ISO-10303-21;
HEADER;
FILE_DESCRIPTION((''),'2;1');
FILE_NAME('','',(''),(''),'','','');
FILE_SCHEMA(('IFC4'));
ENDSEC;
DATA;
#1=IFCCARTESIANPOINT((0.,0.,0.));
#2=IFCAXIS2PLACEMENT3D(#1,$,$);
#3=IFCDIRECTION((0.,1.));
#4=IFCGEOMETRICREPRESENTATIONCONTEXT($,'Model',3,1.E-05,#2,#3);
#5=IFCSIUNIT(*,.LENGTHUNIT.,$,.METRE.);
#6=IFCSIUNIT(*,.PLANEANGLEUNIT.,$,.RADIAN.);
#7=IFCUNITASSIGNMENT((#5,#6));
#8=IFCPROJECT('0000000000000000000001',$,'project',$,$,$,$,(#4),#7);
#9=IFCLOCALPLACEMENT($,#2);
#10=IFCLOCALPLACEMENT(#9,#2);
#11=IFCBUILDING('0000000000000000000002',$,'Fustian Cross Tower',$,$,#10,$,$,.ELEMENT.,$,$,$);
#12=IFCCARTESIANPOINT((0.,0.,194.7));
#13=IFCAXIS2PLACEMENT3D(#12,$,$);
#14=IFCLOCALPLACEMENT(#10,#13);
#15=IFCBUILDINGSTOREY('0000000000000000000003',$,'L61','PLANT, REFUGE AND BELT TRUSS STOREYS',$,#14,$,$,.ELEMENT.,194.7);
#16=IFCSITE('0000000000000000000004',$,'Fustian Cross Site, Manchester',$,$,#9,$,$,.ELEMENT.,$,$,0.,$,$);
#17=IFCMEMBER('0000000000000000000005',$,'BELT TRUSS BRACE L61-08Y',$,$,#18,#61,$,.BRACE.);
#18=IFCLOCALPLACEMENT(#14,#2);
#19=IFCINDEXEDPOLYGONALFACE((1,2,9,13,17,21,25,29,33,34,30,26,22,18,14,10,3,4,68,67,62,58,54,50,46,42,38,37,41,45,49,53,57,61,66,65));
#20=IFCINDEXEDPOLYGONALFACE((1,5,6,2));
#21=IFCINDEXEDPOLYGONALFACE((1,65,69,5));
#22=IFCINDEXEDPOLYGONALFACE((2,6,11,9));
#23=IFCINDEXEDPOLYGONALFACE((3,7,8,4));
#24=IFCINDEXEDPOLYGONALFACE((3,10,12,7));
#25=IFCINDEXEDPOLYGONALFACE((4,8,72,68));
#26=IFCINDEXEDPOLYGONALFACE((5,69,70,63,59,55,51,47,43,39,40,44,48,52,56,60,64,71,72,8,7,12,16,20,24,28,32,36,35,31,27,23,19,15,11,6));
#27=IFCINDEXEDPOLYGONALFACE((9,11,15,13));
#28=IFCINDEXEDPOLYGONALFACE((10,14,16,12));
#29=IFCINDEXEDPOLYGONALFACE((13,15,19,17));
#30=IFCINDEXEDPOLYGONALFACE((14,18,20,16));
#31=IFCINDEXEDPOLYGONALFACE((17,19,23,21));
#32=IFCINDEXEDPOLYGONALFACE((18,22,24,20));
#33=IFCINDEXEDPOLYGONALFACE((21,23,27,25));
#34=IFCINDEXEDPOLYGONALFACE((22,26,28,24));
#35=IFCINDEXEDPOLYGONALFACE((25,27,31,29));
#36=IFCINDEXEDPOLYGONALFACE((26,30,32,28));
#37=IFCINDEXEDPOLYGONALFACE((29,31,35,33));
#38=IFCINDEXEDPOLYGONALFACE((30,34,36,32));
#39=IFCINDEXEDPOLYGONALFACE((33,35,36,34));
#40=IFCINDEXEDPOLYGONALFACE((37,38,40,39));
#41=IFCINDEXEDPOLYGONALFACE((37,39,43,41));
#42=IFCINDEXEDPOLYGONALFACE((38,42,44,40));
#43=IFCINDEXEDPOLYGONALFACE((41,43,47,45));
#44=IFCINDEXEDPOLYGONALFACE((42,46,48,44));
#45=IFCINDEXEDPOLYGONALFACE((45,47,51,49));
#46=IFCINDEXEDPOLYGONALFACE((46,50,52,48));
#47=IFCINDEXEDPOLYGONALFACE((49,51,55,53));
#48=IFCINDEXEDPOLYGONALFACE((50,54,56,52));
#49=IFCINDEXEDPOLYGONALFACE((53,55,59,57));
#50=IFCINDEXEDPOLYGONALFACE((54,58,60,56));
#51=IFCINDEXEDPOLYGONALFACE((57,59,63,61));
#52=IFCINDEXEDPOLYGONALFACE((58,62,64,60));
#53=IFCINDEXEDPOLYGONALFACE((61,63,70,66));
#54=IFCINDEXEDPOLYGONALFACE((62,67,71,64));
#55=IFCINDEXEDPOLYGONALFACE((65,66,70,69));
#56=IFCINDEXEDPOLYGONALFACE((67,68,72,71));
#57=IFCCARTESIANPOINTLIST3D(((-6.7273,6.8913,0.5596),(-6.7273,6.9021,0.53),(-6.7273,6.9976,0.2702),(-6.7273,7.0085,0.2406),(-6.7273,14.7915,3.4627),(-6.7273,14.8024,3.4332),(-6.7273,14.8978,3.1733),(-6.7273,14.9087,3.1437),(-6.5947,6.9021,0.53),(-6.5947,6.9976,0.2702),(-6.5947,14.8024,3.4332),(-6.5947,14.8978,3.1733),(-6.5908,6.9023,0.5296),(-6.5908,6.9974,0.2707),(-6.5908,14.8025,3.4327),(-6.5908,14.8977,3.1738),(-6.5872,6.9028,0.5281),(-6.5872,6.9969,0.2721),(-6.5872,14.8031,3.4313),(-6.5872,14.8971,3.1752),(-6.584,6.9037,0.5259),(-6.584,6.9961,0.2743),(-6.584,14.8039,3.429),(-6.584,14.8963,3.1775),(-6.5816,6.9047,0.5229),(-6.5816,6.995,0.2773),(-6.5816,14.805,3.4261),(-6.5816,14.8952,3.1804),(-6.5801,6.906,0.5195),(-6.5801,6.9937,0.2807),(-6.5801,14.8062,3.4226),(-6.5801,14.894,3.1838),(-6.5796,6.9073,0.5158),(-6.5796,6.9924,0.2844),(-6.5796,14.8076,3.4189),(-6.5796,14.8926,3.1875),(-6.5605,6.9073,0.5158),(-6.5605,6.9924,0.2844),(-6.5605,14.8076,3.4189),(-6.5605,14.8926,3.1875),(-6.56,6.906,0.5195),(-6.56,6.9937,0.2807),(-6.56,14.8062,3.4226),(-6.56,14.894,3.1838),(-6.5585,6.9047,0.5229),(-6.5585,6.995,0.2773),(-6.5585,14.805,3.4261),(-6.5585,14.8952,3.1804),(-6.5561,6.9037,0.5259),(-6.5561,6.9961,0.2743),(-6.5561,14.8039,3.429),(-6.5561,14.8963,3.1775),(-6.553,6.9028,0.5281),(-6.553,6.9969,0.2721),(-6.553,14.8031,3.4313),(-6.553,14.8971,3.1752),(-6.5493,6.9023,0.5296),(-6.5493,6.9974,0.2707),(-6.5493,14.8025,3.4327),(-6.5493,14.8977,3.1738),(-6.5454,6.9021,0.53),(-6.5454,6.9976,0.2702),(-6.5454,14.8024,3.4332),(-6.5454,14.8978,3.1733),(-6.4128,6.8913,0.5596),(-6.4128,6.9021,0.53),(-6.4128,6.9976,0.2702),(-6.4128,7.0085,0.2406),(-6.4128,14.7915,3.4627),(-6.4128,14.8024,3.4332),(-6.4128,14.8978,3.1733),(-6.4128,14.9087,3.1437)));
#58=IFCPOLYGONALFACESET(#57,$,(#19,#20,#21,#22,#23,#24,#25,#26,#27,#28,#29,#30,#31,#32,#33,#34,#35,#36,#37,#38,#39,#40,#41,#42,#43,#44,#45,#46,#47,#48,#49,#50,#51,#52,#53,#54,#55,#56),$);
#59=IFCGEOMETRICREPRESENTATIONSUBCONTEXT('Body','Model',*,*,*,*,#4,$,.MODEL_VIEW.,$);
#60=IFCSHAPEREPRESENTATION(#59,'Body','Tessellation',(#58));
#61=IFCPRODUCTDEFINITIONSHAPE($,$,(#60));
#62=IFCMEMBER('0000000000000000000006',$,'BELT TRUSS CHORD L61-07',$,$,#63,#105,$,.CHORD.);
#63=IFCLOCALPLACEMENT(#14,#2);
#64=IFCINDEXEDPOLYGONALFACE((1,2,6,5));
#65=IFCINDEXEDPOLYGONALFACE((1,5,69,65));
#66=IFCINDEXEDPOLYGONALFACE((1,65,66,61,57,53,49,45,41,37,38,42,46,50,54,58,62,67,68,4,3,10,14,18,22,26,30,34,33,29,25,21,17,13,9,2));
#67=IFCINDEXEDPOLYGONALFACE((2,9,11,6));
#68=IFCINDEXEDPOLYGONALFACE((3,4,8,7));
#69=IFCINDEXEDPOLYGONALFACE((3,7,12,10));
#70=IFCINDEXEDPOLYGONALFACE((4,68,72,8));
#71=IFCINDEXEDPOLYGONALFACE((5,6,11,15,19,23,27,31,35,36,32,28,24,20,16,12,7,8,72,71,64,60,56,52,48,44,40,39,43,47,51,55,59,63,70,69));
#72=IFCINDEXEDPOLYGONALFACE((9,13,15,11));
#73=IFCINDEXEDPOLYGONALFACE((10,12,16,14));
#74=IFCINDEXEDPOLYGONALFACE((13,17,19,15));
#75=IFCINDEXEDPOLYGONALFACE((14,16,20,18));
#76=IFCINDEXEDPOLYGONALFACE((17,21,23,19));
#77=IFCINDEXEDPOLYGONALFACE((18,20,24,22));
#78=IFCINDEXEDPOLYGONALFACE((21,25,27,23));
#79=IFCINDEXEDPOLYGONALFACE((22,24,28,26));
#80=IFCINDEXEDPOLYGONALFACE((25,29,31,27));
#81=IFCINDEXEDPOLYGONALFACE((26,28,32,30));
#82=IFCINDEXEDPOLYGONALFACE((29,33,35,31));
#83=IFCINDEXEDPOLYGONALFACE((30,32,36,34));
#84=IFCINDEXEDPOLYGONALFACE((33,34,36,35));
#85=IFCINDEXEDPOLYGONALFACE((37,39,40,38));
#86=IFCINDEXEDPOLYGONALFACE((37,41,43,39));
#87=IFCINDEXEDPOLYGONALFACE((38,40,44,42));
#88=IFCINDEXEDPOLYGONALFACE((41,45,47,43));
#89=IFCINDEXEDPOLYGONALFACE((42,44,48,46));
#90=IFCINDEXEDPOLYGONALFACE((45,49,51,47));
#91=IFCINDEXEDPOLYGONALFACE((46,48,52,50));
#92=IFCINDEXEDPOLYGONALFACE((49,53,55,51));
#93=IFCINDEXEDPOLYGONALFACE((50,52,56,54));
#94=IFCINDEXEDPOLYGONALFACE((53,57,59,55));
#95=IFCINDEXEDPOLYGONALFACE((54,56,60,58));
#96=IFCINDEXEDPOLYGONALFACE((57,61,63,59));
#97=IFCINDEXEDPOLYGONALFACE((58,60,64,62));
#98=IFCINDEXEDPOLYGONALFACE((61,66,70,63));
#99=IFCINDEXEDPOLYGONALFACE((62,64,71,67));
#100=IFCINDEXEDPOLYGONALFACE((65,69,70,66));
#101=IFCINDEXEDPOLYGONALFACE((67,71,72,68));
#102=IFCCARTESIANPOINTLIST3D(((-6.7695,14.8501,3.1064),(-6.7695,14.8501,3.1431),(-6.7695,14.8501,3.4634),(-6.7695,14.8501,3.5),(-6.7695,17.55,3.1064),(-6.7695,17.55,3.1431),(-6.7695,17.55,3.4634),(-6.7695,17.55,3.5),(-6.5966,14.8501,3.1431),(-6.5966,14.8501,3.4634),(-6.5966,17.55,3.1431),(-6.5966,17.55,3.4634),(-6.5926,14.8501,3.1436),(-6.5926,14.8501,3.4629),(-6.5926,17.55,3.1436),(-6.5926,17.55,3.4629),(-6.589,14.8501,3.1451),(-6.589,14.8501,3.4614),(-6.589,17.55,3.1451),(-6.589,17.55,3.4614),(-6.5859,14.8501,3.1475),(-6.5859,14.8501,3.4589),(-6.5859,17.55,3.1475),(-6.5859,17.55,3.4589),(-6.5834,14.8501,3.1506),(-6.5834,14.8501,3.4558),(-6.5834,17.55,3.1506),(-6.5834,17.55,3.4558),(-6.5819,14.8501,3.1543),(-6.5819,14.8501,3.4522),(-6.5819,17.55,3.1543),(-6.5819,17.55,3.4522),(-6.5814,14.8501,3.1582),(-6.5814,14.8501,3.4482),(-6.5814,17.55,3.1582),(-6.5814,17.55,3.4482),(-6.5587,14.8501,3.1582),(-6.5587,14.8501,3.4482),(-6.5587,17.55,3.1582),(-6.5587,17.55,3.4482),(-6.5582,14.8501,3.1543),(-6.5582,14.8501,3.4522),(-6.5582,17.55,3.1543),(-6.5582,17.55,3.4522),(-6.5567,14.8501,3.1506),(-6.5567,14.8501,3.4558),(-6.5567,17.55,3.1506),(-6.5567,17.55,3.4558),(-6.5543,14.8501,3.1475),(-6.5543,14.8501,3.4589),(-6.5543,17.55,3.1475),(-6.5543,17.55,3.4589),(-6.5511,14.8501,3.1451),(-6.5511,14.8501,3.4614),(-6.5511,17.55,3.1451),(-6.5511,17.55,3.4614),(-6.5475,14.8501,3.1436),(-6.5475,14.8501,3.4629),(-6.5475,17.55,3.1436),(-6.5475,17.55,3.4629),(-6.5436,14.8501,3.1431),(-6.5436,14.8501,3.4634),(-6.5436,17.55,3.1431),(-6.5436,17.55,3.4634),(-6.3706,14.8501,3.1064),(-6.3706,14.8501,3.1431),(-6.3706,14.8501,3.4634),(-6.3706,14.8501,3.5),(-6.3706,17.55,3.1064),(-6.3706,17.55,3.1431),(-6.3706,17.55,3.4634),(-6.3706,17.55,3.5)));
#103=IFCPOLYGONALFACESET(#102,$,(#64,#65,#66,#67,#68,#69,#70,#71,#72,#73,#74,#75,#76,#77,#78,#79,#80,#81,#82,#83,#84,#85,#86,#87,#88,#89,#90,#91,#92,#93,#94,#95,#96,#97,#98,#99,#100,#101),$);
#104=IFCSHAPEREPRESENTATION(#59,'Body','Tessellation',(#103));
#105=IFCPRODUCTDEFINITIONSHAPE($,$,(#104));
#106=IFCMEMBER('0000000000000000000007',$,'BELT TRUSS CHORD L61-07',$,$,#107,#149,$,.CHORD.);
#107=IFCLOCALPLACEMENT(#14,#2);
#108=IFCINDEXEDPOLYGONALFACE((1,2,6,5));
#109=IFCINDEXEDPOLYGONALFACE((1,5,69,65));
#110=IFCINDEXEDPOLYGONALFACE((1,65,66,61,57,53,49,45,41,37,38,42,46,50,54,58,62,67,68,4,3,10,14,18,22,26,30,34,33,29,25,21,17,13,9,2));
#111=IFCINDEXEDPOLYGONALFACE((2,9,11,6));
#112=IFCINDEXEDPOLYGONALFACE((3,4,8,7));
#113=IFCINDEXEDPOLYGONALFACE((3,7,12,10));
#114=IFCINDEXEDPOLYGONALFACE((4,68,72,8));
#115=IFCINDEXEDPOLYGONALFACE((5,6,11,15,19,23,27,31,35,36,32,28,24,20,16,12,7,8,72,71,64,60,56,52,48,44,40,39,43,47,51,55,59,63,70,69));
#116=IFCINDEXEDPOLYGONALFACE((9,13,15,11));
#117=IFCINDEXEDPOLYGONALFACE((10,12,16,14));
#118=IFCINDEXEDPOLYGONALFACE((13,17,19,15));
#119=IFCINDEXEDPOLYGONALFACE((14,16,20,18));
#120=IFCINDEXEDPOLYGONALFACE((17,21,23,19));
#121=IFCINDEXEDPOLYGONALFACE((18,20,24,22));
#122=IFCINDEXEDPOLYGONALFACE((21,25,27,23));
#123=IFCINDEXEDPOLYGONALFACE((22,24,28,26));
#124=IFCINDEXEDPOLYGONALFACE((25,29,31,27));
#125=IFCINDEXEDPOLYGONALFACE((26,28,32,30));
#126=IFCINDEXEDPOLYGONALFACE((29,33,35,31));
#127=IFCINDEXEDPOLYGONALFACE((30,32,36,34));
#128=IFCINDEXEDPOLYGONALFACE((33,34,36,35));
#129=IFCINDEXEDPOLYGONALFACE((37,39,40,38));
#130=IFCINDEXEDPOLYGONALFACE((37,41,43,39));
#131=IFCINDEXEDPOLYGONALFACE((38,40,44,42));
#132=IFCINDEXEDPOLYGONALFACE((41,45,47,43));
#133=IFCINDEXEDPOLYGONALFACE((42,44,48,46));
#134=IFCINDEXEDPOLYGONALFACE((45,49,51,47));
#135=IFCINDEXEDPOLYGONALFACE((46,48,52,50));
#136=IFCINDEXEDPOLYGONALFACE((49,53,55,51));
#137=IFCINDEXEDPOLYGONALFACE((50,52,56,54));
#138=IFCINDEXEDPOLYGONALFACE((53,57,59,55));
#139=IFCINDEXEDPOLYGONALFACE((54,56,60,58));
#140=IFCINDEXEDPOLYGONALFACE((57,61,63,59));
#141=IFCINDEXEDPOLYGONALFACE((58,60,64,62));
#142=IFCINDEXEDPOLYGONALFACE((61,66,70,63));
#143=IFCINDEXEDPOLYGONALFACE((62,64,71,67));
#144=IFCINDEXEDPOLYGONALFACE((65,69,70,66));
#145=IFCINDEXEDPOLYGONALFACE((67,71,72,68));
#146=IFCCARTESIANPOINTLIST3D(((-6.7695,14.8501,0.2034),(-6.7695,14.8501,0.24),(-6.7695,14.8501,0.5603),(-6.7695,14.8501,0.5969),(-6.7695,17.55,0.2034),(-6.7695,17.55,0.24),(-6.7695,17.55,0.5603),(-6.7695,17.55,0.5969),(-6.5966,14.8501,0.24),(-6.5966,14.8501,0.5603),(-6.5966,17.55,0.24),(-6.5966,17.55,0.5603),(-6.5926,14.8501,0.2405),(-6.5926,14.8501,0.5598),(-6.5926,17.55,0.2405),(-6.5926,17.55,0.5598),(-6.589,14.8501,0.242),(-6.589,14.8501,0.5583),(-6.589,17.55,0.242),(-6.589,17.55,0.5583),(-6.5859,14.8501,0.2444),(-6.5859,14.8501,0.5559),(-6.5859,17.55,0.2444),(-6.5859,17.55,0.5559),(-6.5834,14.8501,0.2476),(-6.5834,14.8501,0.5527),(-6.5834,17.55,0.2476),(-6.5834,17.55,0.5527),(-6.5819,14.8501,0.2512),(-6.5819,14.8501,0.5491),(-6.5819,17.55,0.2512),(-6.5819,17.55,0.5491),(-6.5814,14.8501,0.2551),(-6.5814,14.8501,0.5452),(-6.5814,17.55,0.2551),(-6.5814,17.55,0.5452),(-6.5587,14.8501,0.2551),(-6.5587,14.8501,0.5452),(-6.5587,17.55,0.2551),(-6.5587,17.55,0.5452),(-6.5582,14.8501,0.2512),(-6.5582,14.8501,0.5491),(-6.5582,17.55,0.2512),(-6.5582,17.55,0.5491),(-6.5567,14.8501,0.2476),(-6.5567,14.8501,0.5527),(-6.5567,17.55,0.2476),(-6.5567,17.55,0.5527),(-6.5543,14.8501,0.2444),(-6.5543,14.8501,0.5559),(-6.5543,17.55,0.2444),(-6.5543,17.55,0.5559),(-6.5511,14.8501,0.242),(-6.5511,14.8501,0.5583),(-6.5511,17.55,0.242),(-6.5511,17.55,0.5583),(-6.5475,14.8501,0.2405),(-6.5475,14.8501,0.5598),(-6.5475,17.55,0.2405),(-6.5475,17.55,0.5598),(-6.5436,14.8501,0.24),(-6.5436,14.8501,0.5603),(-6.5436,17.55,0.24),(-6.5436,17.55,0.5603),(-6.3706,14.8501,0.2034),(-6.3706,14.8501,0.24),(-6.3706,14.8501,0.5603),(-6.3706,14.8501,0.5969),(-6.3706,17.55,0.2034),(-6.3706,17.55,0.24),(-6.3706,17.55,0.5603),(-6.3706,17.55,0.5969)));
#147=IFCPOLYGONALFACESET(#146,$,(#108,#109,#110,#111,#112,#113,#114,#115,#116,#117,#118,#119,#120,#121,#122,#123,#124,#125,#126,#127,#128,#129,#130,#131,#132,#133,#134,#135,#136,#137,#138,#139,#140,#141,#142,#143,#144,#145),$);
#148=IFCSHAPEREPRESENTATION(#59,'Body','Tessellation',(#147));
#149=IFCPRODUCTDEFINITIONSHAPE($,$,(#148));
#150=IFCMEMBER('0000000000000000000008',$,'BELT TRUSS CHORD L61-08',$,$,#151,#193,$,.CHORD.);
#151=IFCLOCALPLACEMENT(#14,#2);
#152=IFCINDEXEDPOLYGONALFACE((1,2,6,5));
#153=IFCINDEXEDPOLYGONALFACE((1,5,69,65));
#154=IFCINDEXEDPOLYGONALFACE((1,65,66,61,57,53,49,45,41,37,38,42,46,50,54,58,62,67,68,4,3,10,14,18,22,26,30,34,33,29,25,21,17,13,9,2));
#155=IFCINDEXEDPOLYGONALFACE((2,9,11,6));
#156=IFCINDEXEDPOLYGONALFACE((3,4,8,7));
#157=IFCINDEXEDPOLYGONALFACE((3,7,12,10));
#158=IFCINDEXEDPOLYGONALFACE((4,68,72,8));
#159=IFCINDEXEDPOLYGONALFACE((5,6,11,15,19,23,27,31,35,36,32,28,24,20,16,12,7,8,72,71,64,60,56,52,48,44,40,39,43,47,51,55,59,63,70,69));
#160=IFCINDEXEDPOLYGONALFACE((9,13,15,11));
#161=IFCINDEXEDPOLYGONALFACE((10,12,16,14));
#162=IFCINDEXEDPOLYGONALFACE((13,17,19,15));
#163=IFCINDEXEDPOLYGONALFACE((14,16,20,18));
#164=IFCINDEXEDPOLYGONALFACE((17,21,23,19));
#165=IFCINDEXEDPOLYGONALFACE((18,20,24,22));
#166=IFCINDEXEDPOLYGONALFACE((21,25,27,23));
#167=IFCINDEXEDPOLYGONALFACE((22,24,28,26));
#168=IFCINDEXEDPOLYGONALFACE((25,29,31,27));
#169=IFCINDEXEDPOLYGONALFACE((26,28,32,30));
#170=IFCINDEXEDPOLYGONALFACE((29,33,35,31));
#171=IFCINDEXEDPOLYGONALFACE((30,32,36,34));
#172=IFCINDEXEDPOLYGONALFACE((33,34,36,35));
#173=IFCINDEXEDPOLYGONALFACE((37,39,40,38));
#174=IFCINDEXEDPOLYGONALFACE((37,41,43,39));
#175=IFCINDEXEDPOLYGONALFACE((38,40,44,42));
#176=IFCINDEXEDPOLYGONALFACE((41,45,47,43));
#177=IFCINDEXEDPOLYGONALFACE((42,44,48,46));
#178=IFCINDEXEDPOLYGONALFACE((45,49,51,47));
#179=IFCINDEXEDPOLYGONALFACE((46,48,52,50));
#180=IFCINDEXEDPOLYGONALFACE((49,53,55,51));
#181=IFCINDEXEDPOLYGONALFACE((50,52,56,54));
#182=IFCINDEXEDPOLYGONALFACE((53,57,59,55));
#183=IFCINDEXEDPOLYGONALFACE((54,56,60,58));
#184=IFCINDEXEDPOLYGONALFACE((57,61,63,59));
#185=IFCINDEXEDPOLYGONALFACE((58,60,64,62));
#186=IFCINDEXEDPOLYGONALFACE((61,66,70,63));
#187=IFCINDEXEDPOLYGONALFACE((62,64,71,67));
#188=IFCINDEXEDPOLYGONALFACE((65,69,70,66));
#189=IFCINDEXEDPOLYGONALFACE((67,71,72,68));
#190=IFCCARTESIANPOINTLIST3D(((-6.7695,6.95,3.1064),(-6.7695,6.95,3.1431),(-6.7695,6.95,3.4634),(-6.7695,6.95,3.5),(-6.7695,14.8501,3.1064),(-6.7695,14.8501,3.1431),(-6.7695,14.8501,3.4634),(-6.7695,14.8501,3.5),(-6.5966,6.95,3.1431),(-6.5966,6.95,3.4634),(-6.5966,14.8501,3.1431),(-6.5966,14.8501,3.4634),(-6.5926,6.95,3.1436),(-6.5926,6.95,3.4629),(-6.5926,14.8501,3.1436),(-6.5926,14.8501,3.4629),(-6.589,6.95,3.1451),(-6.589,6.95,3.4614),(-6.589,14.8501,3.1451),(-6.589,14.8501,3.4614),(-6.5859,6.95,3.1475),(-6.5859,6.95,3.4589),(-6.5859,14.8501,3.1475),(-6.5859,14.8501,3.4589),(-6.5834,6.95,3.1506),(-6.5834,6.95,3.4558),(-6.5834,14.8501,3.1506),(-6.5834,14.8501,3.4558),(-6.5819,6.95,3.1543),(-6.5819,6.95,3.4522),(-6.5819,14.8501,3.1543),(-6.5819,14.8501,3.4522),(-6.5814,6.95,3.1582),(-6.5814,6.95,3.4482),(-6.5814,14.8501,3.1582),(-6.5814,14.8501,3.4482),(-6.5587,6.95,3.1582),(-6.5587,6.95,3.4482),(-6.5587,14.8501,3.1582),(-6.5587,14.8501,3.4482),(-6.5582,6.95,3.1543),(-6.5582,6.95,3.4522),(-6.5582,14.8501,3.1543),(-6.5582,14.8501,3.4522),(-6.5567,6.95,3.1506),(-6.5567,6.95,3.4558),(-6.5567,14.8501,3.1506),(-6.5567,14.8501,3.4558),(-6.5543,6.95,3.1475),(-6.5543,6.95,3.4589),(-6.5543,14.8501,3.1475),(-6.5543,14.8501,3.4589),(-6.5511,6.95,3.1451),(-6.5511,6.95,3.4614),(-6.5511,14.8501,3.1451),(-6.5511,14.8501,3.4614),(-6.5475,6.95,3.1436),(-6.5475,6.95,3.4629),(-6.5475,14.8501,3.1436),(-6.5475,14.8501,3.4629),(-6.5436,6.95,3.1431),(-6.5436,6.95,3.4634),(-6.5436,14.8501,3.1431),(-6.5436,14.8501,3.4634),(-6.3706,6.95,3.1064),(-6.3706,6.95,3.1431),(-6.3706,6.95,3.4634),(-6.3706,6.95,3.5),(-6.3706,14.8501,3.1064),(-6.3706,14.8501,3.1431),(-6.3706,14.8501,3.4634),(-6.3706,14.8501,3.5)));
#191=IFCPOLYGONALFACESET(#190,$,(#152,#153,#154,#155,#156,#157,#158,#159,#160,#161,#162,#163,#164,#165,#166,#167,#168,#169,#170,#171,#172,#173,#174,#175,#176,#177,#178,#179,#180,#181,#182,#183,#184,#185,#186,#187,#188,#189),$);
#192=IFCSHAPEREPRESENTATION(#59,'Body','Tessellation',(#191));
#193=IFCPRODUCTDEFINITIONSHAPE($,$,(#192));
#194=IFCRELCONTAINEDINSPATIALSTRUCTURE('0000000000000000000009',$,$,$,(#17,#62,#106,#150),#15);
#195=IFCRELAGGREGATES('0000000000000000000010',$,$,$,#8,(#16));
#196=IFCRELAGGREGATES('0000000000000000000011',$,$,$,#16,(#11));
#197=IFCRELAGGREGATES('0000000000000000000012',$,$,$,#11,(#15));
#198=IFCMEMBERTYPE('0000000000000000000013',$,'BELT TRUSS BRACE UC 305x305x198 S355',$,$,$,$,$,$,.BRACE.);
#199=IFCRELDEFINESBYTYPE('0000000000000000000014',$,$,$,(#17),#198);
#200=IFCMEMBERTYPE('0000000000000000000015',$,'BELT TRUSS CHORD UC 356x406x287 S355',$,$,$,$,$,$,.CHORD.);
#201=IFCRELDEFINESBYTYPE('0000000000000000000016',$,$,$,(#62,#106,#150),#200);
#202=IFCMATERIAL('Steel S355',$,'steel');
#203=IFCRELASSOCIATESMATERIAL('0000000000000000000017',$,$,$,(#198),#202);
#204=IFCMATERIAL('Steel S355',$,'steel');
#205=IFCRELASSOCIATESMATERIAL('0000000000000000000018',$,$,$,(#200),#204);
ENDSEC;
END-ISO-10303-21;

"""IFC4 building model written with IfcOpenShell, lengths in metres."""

from ifc_helpers import new_model, si_unit, direction, frame, origin, origin_2d, place, context, subcontext, project, spatial, i_section, extrude, material, material_profile, profile_set, type_object, element, save


model = new_model("IFC4")

# Units and contexts
model_context = context("Model", 3, precision=1e-05, world=origin(), true_north=direction((0.0, 1.0)))
body_context = subcontext(model_context, "Body", "Model", "MODEL_VIEW")
ifc_project = project(units=[si_unit("LENGTHUNIT", "METRE"), si_unit("PLANEANGLEUNIT", "RADIAN")], contexts=[model_context])

# Site, building, storey
site_placement = place(None, origin())
site = spatial("IfcSite", under=ifc_project, at=site_placement, Name="Fustian Cross Site, Manchester", CompositionType="ELEMENT", RefElevation=0.0)
building_placement = place(site_placement, origin())
building = spatial("IfcBuilding", under=site, at=building_placement, Name="Fustian Cross Tower", CompositionType="ELEMENT")
storey_placement = place(building_placement, frame((0.0, 0.0, 194.7)))
storey = spatial("IfcBuildingStorey", under=building, at=storey_placement, Name="L61", Description="PLANT, REFUGE AND BELT TRUSS STOREYS", CompositionType="ELEMENT", Elevation=194.7)

# Members
ifc_material_1 = material(Name="Steel S355", Category="steel")
ifc_material_profile_1 = material_profile(ifc_material_1, i_section(OverallWidth=0.3145, OverallDepth=0.3398, WebThickness=0.019, FlangeThickness=0.0315, FilletRadius=0.0151, at=origin_2d()), Name="UC 305x305x198")
ifc_profile_set_1 = profile_set([ifc_material_profile_1], Name="Steel S355")
member_type_1 = type_object("IfcMemberType", Name="BELT TRUSS BRACE UC 305x305x198 S355", PredefinedType="BRACE", material=ifc_profile_set_1)
for number, where, z_axis, x_axis, name in (
    (1, (-6.5701, 14.8501, 3.3032), (0.0, -0.938632, -0.34492), (1.0, 0.0, 0.0), "BELT TRUSS BRACE L61-08Y"),
):
    element("IfcMember", number, at=place(storey_placement, frame(where, z_axis=z_axis, x_axis=x_axis)), inside=storey, type_object=member_type_1, Name=name, PredefinedType="BRACE", context=body_context, shape_type="SweptSolid", body=[
        extrude(i_section(OverallWidth=0.3145, OverallDepth=0.3398, WebThickness=0.019, FlangeThickness=0.0315, FilletRadius=0.0151, at=origin_2d()), origin(), (0.0, 0.0, 1.0), 8.4167),
    ])
ifc_material_2 = material(Name="Steel S355", Category="steel")
ifc_material_profile_2 = material_profile(ifc_material_2, i_section(OverallWidth=0.3989, OverallDepth=0.3936, WebThickness=0.0227, FlangeThickness=0.0366, FilletRadius=0.0151, at=origin_2d()), Name="UC 356x406x287")
ifc_profile_set_2 = profile_set([ifc_material_profile_2], Name="Steel S355")
member_type_2 = type_object("IfcMemberType", Name="BELT TRUSS CHORD UC 356x406x287 S355", PredefinedType="CHORD", material=ifc_profile_set_2)
for number, where, z_axis, x_axis, name in (
    (2, (-6.5701, 17.55, 3.3032), (0.0, -1.0, 0.0), (1.0, 0.0, 0.0), "BELT TRUSS CHORD L61-07"),
    (3, (-6.5701, 17.55, 0.4001), (0.0, -1.0, 0.0), (1.0, 0.0, 0.0), "BELT TRUSS CHORD L61-07"),
):
    element("IfcMember", number, at=place(storey_placement, frame(where, z_axis=z_axis, x_axis=x_axis)), inside=storey, type_object=member_type_2, Name=name, PredefinedType="CHORD", context=body_context, shape_type="SweptSolid", body=[
        extrude(i_section(OverallWidth=0.3989, OverallDepth=0.3936, WebThickness=0.0227, FlangeThickness=0.0366, FilletRadius=0.0151, at=origin_2d()), origin(), (0.0, 0.0, 1.0), 2.7),
    ])
for number, where, z_axis, x_axis, name in (
    (4, (-6.5701, 14.8501, 3.3032), (0.0, -1.0, 0.0), (1.0, 0.0, 0.0), "BELT TRUSS CHORD L61-08"),
):
    element("IfcMember", number, at=place(storey_placement, frame(where, z_axis=z_axis, x_axis=x_axis)), inside=storey, type_object=member_type_2, Name=name, PredefinedType="CHORD", context=body_context, shape_type="SweptSolid", body=[
        extrude(i_section(OverallWidth=0.3989, OverallDepth=0.3936, WebThickness=0.0227, FlangeThickness=0.0366, FilletRadius=0.0151, at=origin_2d()), origin(), (0.0, 0.0, 1.0), 7.9001),
    ])

save(model, "model.ifc")
